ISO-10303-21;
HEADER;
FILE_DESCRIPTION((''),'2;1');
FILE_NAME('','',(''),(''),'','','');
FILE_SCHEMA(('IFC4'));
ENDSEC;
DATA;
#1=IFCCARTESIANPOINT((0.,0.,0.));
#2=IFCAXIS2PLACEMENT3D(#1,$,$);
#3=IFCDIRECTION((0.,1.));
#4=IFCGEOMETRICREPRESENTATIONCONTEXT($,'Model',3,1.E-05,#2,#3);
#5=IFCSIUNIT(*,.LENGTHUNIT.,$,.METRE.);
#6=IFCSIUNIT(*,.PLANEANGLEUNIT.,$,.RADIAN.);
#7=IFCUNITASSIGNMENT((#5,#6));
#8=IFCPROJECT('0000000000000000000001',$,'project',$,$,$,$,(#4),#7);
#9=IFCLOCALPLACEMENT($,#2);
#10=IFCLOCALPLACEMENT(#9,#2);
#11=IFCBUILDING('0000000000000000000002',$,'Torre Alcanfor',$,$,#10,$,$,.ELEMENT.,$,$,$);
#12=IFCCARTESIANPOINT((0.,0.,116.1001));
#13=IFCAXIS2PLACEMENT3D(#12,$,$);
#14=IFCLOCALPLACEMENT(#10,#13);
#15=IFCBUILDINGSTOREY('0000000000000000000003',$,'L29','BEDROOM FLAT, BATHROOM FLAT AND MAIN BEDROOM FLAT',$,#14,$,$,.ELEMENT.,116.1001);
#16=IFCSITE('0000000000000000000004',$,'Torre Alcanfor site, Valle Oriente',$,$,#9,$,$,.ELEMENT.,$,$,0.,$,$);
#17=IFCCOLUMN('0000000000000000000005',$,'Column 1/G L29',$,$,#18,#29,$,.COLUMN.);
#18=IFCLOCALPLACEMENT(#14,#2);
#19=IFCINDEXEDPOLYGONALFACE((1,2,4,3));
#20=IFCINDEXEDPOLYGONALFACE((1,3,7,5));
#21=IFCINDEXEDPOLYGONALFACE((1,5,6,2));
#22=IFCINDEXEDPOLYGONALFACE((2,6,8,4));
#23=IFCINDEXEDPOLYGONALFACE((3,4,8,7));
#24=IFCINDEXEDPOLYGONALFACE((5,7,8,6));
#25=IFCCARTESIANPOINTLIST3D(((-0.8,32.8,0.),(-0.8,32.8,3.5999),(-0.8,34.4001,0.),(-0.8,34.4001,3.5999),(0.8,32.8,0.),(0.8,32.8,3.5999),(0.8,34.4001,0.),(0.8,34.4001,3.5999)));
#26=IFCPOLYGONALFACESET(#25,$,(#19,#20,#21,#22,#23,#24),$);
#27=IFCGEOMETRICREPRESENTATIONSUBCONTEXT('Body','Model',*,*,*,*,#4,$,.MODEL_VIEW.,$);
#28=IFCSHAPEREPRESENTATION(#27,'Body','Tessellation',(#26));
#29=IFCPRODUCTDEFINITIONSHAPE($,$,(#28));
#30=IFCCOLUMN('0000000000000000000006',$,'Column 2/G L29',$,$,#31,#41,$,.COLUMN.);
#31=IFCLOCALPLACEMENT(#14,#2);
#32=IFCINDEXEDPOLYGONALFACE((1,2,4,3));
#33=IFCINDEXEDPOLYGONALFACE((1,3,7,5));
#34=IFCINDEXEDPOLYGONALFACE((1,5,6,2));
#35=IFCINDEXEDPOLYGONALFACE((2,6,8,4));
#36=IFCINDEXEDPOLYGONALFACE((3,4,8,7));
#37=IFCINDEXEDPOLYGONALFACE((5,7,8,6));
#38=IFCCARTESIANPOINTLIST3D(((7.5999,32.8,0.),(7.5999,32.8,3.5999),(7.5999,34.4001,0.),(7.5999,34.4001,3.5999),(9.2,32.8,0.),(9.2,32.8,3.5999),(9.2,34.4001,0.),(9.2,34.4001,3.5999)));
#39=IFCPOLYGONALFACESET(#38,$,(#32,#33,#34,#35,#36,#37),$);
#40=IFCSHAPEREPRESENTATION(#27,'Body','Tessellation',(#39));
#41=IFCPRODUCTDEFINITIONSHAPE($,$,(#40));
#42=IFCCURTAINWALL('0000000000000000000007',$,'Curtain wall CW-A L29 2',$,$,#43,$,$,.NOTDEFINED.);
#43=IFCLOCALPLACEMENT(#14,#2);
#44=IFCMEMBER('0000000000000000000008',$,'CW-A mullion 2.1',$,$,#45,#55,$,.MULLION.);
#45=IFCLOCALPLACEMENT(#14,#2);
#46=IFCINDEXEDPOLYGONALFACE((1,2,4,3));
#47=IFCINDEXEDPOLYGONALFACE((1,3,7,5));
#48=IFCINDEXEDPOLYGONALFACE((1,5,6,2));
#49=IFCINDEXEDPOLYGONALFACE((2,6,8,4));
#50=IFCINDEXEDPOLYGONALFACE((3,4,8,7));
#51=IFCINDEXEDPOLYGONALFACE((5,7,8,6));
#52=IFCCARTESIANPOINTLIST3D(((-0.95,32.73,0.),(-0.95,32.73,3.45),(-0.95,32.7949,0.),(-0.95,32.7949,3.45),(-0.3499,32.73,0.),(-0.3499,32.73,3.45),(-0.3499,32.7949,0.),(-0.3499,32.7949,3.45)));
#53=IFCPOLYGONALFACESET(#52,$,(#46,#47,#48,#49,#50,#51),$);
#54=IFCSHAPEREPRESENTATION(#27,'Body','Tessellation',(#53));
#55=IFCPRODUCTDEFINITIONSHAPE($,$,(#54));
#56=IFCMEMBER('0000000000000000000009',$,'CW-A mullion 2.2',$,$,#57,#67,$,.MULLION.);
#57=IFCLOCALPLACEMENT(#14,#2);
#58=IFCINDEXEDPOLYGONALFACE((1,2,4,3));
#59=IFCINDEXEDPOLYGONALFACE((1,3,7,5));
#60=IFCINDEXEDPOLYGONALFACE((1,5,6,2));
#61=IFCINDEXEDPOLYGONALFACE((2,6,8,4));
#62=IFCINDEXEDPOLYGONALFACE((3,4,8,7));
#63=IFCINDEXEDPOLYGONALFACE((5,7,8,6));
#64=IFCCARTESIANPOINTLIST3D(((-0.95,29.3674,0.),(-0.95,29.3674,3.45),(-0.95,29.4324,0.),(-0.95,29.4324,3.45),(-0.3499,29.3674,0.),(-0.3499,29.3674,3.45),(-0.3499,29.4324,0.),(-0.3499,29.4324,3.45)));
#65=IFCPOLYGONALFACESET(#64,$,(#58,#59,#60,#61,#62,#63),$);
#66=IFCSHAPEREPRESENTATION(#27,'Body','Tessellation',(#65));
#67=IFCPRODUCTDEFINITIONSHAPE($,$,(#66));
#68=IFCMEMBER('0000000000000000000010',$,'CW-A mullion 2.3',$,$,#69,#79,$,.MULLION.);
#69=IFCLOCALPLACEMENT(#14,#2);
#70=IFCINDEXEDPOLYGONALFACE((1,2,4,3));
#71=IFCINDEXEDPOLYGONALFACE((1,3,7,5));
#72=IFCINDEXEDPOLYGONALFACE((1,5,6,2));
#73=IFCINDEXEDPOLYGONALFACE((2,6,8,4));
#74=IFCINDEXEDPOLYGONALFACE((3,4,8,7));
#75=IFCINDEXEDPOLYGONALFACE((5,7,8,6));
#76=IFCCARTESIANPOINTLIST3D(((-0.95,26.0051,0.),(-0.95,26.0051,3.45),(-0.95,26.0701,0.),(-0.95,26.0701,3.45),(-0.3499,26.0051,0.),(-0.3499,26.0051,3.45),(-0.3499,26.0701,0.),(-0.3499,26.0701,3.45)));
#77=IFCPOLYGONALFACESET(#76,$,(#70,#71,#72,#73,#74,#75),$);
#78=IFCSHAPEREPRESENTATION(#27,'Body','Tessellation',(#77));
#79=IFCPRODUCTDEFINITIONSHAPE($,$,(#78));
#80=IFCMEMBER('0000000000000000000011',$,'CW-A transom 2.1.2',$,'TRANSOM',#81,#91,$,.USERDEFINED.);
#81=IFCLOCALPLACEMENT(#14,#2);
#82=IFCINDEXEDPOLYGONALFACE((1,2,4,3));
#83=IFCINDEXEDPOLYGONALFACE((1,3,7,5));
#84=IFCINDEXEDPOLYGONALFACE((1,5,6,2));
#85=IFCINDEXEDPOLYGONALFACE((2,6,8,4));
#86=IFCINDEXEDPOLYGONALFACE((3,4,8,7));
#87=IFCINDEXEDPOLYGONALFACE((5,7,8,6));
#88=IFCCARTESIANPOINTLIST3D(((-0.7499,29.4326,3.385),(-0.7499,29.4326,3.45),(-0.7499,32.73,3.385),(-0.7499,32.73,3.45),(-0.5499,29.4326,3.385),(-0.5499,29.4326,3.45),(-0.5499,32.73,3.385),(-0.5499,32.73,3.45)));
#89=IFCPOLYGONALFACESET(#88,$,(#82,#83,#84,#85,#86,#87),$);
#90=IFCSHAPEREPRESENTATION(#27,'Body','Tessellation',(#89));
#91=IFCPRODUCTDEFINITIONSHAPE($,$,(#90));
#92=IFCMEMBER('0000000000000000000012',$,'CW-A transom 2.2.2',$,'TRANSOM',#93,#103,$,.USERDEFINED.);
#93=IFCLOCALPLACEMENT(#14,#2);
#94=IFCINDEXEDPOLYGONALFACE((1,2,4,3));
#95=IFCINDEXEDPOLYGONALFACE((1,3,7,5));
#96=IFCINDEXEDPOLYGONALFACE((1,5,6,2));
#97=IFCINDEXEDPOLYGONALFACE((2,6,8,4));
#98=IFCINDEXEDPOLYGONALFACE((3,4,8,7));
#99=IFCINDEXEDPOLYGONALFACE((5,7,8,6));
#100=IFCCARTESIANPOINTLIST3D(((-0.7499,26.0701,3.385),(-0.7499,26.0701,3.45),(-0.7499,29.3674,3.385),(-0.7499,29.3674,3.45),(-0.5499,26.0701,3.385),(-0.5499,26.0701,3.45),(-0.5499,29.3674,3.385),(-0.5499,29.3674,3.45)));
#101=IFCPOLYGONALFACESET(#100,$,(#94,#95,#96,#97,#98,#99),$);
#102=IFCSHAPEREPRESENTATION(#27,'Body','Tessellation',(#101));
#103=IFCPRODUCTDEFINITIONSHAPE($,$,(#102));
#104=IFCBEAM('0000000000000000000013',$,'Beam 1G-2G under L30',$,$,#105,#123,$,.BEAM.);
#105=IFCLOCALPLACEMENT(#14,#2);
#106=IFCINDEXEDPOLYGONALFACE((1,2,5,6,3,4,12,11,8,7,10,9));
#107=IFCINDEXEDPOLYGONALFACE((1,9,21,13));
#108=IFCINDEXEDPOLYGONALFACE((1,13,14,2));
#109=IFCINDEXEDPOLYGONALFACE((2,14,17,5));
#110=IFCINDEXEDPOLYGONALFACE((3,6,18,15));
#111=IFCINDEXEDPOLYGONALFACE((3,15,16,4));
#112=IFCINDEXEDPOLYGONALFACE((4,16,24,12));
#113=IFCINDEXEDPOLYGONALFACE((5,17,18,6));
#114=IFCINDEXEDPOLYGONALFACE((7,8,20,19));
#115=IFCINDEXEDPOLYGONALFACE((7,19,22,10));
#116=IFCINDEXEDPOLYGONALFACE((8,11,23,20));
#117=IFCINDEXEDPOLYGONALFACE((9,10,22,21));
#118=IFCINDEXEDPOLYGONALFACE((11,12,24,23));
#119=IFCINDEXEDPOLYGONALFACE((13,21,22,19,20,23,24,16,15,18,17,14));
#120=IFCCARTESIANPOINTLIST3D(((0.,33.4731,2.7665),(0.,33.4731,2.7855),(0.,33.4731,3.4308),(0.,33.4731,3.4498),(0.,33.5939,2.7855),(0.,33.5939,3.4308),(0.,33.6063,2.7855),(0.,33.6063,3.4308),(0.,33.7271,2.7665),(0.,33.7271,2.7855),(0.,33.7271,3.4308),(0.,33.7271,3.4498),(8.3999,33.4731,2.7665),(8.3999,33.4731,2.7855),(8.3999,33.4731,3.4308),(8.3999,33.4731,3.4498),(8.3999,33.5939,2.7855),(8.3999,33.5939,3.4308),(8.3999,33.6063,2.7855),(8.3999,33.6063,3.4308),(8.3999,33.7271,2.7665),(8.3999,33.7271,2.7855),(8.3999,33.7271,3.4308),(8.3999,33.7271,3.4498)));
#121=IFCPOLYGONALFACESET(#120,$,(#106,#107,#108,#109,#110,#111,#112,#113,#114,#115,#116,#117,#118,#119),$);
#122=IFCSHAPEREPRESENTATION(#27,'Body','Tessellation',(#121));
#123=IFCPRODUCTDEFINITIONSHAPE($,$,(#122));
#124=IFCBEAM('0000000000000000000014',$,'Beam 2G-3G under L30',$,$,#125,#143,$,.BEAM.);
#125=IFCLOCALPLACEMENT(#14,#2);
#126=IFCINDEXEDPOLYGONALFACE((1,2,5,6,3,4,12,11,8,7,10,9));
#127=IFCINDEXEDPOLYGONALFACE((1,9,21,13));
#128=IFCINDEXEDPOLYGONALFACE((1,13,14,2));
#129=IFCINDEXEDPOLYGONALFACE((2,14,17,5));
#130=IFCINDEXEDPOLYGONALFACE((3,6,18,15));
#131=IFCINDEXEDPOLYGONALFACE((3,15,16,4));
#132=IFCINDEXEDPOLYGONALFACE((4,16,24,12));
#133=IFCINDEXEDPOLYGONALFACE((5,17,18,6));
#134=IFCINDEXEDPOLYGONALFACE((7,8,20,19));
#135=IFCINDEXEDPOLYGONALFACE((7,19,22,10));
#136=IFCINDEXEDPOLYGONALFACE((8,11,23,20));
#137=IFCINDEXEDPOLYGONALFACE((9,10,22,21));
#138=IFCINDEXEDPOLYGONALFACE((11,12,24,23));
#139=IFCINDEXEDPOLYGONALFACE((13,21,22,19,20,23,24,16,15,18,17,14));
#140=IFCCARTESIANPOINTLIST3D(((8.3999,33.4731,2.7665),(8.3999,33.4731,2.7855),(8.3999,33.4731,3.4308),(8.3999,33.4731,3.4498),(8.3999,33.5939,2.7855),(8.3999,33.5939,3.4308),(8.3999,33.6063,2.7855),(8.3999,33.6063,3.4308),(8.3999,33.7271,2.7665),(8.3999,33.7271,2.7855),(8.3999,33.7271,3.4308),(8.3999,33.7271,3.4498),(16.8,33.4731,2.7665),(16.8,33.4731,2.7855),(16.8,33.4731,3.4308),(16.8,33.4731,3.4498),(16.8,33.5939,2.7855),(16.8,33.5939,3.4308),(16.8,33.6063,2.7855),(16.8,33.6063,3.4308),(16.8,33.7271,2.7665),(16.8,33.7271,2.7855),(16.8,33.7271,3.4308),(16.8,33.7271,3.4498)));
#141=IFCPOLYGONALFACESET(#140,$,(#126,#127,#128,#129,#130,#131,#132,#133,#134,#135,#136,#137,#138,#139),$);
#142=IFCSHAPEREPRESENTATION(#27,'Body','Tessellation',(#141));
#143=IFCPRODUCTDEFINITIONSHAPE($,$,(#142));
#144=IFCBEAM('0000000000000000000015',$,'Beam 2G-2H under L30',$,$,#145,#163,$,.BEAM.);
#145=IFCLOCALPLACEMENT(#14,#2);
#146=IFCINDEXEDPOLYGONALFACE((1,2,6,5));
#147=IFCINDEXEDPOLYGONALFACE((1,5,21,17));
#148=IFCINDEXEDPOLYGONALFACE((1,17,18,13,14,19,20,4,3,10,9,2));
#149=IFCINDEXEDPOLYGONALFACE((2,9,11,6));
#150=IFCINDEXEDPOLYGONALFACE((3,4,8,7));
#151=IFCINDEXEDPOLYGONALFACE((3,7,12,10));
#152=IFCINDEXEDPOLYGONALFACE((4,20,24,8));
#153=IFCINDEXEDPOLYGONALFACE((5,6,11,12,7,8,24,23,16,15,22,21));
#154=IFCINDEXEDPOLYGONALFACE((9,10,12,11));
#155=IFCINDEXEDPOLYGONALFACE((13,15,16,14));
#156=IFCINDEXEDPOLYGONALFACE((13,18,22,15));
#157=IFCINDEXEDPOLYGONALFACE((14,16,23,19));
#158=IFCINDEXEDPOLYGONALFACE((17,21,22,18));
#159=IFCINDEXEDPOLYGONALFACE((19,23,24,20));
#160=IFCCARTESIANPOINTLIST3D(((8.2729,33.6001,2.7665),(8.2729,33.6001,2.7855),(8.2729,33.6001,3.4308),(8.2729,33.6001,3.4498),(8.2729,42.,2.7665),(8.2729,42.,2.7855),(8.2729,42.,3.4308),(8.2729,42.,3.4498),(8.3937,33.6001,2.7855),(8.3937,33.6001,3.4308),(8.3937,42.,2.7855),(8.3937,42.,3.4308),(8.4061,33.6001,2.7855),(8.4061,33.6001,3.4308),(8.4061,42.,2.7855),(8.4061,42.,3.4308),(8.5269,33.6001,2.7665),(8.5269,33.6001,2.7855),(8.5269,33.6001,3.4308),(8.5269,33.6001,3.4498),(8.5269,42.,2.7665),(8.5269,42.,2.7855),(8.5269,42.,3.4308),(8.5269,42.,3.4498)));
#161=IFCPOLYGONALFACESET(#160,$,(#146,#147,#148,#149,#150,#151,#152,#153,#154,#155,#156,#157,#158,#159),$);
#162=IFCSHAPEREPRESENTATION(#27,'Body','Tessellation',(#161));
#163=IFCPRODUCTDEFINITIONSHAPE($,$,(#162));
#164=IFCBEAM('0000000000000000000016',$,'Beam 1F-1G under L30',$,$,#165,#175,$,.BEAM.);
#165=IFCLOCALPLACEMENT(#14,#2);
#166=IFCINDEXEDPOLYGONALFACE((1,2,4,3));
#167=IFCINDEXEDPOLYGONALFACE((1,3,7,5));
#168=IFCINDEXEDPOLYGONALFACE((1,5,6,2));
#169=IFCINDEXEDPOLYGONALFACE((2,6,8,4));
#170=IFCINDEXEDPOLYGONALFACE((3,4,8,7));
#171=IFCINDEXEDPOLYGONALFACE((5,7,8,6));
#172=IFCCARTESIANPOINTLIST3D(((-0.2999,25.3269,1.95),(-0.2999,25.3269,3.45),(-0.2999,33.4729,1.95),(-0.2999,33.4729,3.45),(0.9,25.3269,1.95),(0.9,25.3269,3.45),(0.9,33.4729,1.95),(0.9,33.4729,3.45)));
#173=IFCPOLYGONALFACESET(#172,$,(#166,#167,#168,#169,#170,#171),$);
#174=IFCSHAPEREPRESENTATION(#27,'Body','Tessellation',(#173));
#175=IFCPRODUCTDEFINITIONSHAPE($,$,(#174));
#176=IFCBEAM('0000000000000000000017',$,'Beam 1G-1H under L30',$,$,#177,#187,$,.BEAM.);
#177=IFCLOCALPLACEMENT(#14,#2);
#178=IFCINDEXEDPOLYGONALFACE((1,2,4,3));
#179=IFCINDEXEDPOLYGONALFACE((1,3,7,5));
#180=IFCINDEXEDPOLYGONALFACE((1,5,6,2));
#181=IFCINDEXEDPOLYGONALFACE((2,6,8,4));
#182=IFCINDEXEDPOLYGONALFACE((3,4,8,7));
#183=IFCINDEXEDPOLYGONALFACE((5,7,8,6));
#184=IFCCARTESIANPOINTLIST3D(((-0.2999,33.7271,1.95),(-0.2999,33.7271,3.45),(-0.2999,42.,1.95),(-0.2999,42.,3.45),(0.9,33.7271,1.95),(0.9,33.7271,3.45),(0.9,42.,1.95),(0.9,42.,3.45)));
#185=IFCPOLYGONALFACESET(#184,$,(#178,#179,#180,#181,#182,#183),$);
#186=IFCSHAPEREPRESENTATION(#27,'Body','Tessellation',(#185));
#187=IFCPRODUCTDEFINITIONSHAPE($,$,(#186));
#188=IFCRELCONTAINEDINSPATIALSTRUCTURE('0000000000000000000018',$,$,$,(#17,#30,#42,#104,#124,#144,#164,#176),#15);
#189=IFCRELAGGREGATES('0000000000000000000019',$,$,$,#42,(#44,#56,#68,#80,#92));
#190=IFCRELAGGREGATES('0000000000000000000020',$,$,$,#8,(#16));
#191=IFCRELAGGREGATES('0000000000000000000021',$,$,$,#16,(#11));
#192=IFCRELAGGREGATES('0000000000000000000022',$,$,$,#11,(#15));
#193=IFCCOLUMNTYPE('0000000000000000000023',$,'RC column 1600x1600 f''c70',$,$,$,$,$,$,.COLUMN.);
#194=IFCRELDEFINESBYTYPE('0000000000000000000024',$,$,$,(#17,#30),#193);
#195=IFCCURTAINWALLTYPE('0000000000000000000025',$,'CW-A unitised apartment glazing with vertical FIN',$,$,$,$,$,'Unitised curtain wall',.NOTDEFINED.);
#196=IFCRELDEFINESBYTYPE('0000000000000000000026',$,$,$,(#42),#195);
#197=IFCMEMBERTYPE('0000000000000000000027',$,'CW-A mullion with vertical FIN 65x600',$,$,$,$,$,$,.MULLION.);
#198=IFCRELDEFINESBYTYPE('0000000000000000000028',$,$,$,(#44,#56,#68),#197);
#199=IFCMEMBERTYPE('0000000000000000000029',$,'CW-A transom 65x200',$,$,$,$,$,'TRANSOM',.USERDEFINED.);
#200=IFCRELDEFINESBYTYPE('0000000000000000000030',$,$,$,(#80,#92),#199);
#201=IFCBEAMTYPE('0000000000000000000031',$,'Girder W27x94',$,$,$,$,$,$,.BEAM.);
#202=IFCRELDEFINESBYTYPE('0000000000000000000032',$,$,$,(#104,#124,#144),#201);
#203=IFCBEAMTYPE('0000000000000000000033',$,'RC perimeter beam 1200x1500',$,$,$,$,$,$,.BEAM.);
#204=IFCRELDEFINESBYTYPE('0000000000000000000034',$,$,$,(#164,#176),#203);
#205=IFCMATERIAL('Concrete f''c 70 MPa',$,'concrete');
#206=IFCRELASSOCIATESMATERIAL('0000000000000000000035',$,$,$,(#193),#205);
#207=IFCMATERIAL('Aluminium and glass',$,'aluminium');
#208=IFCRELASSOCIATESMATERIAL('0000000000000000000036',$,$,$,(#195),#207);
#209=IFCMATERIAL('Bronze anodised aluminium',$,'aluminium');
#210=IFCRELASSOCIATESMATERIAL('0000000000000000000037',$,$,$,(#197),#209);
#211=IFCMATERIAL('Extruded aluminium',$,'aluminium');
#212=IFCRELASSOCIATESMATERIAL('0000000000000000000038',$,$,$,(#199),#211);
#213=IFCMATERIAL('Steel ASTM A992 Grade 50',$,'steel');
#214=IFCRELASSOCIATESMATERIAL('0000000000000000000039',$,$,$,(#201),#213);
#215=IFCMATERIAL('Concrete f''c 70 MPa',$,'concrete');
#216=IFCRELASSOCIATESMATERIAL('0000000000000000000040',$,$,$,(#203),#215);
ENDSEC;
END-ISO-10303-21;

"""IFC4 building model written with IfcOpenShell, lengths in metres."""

from ifc_helpers import new_model, si_unit, direction, frame, origin, origin_2d, place, context, subcontext, project, spatial, rectangle, i_section, extrude, material, material_profile, profile_set, type_object, element, aggregate, save


model = new_model("IFC4")

# Units and contexts
model_context = context("Model", 3, precision=1e-05, world=origin(), true_north=direction((0.0, 1.0)))
body_context = subcontext(model_context, "Body", "Model", "MODEL_VIEW")
ifc_project = project(units=[si_unit("LENGTHUNIT", "METRE"), si_unit("PLANEANGLEUNIT", "RADIAN")], contexts=[model_context])

# Site, building, storey
site_placement = place(None, origin())
site = spatial("IfcSite", under=ifc_project, at=site_placement, Name="Torre Alcanfor site, Valle Oriente", CompositionType="ELEMENT", RefElevation=0.0)
building_placement = place(site_placement, origin())
building = spatial("IfcBuilding", under=site, at=building_placement, Name="Torre Alcanfor", CompositionType="ELEMENT")
storey_placement = place(building_placement, frame((0.0, 0.0, 116.1001)))
storey = spatial("IfcBuildingStorey", under=building, at=storey_placement, Name="L29", Description="BEDROOM FLAT, BATHROOM FLAT AND MAIN BEDROOM FLAT", CompositionType="ELEMENT", Elevation=116.1001)

# Columns
ifc_material_1 = material(Name="Concrete f'c 70 MPa", Category="concrete")
ifc_material_profile_1 = material_profile(ifc_material_1, rectangle(XDim=1.6001, YDim=1.6001, at=origin_2d()), Name="1600x1600")
ifc_profile_set_1 = profile_set([ifc_material_profile_1], Name="Concrete f'c 70 MPa")
column_type = type_object("IfcColumnType", Name="RC column 1600x1600 f'c70", PredefinedType="COLUMN", material=ifc_profile_set_1)
for number, where, z_axis, x_axis, name in (
    (1, (0.0, 33.6001, 0.0), (0.0, 0.0, 1.0), (1.0, 0.0, 0.0), "Column 1/G L29"),
    (2, (8.3999, 33.6001, 0.0), (0.0, 0.0, 1.0), (1.0, 0.0, 0.0), "Column 2/G L29"),
):
    element("IfcColumn", number, at=place(storey_placement, frame(where, z_axis=z_axis, x_axis=x_axis)), inside=storey, type_object=column_type, Name=name, PredefinedType="COLUMN", context=body_context, shape_type="SweptSolid", body=[
        extrude(rectangle(XDim=1.6001, YDim=1.6001, at=origin_2d()), origin(), (0.0, 0.0, 1.0), 3.5999),
    ])

# Curtain wall, members
ifc_material_2 = material(Name="Aluminium and glass", Category="aluminium")
curtain_wall_type = type_object("IfcCurtainWallType", Name="CW-A unitised apartment glazing with vertical FIN", ElementType="Unitised curtain wall", PredefinedType="NOTDEFINED", material=ifc_material_2)
curtain_wall_placement = place(storey_placement, origin())
curtain_wall = element("IfcCurtainWall", 3, at=curtain_wall_placement, inside=storey, type_object=curtain_wall_type, Name="Curtain wall CW-A L29 2", PredefinedType="NOTDEFINED")
ifc_material_3 = material(Name="Bronze anodised aluminium", Category="aluminium")
ifc_material_profile_2 = material_profile(ifc_material_3, rectangle(XDim=0.6001, YDim=0.0649, at=origin_2d()), Name="CW-A mullion 65x600")
ifc_profile_set_2 = profile_set([ifc_material_profile_2], Name="Bronze anodised aluminium")
member_type_1 = type_object("IfcMemberType", Name="CW-A mullion with vertical FIN 65x600", PredefinedType="MULLION", material=ifc_profile_set_2)
member_1_placement = place(storey_placement, frame((-0.6499, 32.7625, 0.0), z_axis=(0.0, 0.0, 1.0), x_axis=(1.0, 0.0, 0.0)))
member_1 = element("IfcMember", 4, at=member_1_placement, type_object=member_type_1, Name="CW-A mullion 2.1", PredefinedType="MULLION", context=body_context, shape_type="SweptSolid", body=[
    extrude(rectangle(XDim=0.6001, YDim=0.0649, at=origin_2d()), origin(), (0.0, 0.0, 1.0), 3.45),
])
member_2_placement = place(storey_placement, frame((-0.6499, 29.3999, 0.0), z_axis=(0.0, 0.0, 1.0), x_axis=(1.0, 0.0, 0.0)))
member_2 = element("IfcMember", 5, at=member_2_placement, type_object=member_type_1, Name="CW-A mullion 2.2", PredefinedType="MULLION", context=body_context, shape_type="SweptSolid", body=[
    extrude(rectangle(XDim=0.6001, YDim=0.0649, at=origin_2d()), origin(), (0.0, 0.0, 1.0), 3.45),
])
member_3_placement = place(storey_placement, frame((-0.6499, 26.0376, 0.0), z_axis=(0.0, 0.0, 1.0), x_axis=(1.0, 0.0, 0.0)))
member_3 = element("IfcMember", 6, at=member_3_placement, type_object=member_type_1, Name="CW-A mullion 2.3", PredefinedType="MULLION", context=body_context, shape_type="SweptSolid", body=[
    extrude(rectangle(XDim=0.6001, YDim=0.0649, at=origin_2d()), origin(), (0.0, 0.0, 1.0), 3.45),
])
ifc_material_4 = material(Name="Extruded aluminium", Category="aluminium")
ifc_material_profile_3 = material_profile(ifc_material_4, rectangle(XDim=0.2, YDim=0.0649, at=origin_2d()), Name="CW-A transom 200x65")
ifc_profile_set_3 = profile_set([ifc_material_profile_3], Name="Extruded aluminium")
member_type_2 = type_object("IfcMemberType", Name="CW-A transom 65x200", ElementType="TRANSOM", PredefinedType="USERDEFINED", material=ifc_profile_set_3)
member_4_placement = place(storey_placement, frame((-0.6499, 32.73, 3.4175), z_axis=(0.0, -1.0, 0.0), x_axis=(1.0, 0.0, 0.0)))
member_4 = element("IfcMember", 7, at=member_4_placement, type_object=member_type_2, Name="CW-A transom 2.1.2", ObjectType="TRANSOM", PredefinedType="USERDEFINED", context=body_context, shape_type="SweptSolid", body=[
    extrude(rectangle(XDim=0.2, YDim=0.0649, at=origin_2d()), origin(), (0.0, 0.0, 1.0), 3.2974),
])
member_5_placement = place(storey_placement, frame((-0.6499, 29.3674, 3.4175), z_axis=(0.0, -1.0, 0.0), x_axis=(1.0, 0.0, 0.0)))
member_5 = element("IfcMember", 8, at=member_5_placement, type_object=member_type_2, Name="CW-A transom 2.2.2", ObjectType="TRANSOM", PredefinedType="USERDEFINED", context=body_context, shape_type="SweptSolid", body=[
    extrude(rectangle(XDim=0.2, YDim=0.0649, at=origin_2d()), origin(), (0.0, 0.0, 1.0), 3.2974),
])

# Beams
ifc_material_5 = material(Name="Steel ASTM A992 Grade 50", Category="steel")
ifc_material_profile_4 = material_profile(ifc_material_5, i_section(OverallWidth=0.2539, OverallDepth=0.6833, WebThickness=0.0125, FlangeThickness=0.019, at=origin_2d()), Name="W27x94")
ifc_profile_set_4 = profile_set([ifc_material_profile_4], Name="Steel ASTM A992 Grade 50")
beam_type_1 = type_object("IfcBeamType", Name="Girder W27x94", PredefinedType="BEAM", material=ifc_profile_set_4)
beam_1_placement = place(storey_placement, frame((0.0, 33.6001, 3.1082), z_axis=(1.0, 0.0, 0.0), x_axis=(0.0, 1.0, 0.0)))
element("IfcBeam", 9, at=beam_1_placement, inside=storey, type_object=beam_type_1, Name="Beam 1G-2G under L30", PredefinedType="BEAM", context=body_context, shape_type="SweptSolid", body=[
    extrude(i_section(OverallWidth=0.2539, OverallDepth=0.6833, WebThickness=0.0125, FlangeThickness=0.019, at=origin_2d()), origin(), (0.0, 0.0, 1.0), 8.3999),
])
beam_2_placement = place(storey_placement, frame((8.3999, 33.6001, 3.1082), z_axis=(1.0, 0.0, 0.0), x_axis=(0.0, 1.0, 0.0)))
element("IfcBeam", 10, at=beam_2_placement, inside=storey, type_object=beam_type_1, Name="Beam 2G-3G under L30", PredefinedType="BEAM", context=body_context, shape_type="SweptSolid", body=[
    extrude(i_section(OverallWidth=0.2539, OverallDepth=0.6833, WebThickness=0.0125, FlangeThickness=0.019, at=origin_2d()), origin(), (0.0, 0.0, 1.0), 8.4001),
])
beam_3_placement = place(storey_placement, frame((8.3999, 33.6001, 3.1082), z_axis=(0.0, 1.0, 0.0), x_axis=(-1.0, 0.0, 0.0)))
element("IfcBeam", 11, at=beam_3_placement, inside=storey, type_object=beam_type_1, Name="Beam 2G-2H under L30", PredefinedType="BEAM", context=body_context, shape_type="SweptSolid", body=[
    extrude(i_section(OverallWidth=0.2539, OverallDepth=0.6833, WebThickness=0.0125, FlangeThickness=0.019, at=origin_2d()), origin(), (0.0, 0.0, 1.0), 8.3999),
])
ifc_material_6 = material(Name="Concrete f'c 70 MPa", Category="concrete")
ifc_material_profile_5 = material_profile(ifc_material_6, rectangle(XDim=1.2, YDim=1.5, at=origin_2d()), Name="1200x1500")
ifc_profile_set_5 = profile_set([ifc_material_profile_5], Name="Concrete f'c 70 MPa")
beam_type_2 = type_object("IfcBeamType", Name="RC perimeter beam 1200x1500", PredefinedType="BEAM", material=ifc_profile_set_5)
beam_4_placement = place(storey_placement, frame((0.3, 25.3269, 2.7), z_axis=(0.0, 1.0, 0.0), x_axis=(-1.0, 0.0, 0.0)))
element("IfcBeam", 12, at=beam_4_placement, inside=storey, type_object=beam_type_2, Name="Beam 1F-1G under L30", PredefinedType="BEAM", context=body_context, shape_type="SweptSolid", body=[
    extrude(rectangle(XDim=1.2, YDim=1.5, at=origin_2d()), origin(), (0.0, 0.0, 1.0), 8.146),
])
beam_5_placement = place(storey_placement, frame((0.3, 33.7271, 2.7), z_axis=(0.0, 1.0, 0.0), x_axis=(-1.0, 0.0, 0.0)))
element("IfcBeam", 13, at=beam_5_placement, inside=storey, type_object=beam_type_2, Name="Beam 1G-1H under L30", PredefinedType="BEAM", context=body_context, shape_type="SweptSolid", body=[
    extrude(rectangle(XDim=1.2, YDim=1.5, at=origin_2d()), origin(), (0.0, 0.0, 1.0), 8.2729),
])

aggregate(curtain_wall, [member_1, member_2, member_3, member_4, member_5])

save(model, "model.ifc")
